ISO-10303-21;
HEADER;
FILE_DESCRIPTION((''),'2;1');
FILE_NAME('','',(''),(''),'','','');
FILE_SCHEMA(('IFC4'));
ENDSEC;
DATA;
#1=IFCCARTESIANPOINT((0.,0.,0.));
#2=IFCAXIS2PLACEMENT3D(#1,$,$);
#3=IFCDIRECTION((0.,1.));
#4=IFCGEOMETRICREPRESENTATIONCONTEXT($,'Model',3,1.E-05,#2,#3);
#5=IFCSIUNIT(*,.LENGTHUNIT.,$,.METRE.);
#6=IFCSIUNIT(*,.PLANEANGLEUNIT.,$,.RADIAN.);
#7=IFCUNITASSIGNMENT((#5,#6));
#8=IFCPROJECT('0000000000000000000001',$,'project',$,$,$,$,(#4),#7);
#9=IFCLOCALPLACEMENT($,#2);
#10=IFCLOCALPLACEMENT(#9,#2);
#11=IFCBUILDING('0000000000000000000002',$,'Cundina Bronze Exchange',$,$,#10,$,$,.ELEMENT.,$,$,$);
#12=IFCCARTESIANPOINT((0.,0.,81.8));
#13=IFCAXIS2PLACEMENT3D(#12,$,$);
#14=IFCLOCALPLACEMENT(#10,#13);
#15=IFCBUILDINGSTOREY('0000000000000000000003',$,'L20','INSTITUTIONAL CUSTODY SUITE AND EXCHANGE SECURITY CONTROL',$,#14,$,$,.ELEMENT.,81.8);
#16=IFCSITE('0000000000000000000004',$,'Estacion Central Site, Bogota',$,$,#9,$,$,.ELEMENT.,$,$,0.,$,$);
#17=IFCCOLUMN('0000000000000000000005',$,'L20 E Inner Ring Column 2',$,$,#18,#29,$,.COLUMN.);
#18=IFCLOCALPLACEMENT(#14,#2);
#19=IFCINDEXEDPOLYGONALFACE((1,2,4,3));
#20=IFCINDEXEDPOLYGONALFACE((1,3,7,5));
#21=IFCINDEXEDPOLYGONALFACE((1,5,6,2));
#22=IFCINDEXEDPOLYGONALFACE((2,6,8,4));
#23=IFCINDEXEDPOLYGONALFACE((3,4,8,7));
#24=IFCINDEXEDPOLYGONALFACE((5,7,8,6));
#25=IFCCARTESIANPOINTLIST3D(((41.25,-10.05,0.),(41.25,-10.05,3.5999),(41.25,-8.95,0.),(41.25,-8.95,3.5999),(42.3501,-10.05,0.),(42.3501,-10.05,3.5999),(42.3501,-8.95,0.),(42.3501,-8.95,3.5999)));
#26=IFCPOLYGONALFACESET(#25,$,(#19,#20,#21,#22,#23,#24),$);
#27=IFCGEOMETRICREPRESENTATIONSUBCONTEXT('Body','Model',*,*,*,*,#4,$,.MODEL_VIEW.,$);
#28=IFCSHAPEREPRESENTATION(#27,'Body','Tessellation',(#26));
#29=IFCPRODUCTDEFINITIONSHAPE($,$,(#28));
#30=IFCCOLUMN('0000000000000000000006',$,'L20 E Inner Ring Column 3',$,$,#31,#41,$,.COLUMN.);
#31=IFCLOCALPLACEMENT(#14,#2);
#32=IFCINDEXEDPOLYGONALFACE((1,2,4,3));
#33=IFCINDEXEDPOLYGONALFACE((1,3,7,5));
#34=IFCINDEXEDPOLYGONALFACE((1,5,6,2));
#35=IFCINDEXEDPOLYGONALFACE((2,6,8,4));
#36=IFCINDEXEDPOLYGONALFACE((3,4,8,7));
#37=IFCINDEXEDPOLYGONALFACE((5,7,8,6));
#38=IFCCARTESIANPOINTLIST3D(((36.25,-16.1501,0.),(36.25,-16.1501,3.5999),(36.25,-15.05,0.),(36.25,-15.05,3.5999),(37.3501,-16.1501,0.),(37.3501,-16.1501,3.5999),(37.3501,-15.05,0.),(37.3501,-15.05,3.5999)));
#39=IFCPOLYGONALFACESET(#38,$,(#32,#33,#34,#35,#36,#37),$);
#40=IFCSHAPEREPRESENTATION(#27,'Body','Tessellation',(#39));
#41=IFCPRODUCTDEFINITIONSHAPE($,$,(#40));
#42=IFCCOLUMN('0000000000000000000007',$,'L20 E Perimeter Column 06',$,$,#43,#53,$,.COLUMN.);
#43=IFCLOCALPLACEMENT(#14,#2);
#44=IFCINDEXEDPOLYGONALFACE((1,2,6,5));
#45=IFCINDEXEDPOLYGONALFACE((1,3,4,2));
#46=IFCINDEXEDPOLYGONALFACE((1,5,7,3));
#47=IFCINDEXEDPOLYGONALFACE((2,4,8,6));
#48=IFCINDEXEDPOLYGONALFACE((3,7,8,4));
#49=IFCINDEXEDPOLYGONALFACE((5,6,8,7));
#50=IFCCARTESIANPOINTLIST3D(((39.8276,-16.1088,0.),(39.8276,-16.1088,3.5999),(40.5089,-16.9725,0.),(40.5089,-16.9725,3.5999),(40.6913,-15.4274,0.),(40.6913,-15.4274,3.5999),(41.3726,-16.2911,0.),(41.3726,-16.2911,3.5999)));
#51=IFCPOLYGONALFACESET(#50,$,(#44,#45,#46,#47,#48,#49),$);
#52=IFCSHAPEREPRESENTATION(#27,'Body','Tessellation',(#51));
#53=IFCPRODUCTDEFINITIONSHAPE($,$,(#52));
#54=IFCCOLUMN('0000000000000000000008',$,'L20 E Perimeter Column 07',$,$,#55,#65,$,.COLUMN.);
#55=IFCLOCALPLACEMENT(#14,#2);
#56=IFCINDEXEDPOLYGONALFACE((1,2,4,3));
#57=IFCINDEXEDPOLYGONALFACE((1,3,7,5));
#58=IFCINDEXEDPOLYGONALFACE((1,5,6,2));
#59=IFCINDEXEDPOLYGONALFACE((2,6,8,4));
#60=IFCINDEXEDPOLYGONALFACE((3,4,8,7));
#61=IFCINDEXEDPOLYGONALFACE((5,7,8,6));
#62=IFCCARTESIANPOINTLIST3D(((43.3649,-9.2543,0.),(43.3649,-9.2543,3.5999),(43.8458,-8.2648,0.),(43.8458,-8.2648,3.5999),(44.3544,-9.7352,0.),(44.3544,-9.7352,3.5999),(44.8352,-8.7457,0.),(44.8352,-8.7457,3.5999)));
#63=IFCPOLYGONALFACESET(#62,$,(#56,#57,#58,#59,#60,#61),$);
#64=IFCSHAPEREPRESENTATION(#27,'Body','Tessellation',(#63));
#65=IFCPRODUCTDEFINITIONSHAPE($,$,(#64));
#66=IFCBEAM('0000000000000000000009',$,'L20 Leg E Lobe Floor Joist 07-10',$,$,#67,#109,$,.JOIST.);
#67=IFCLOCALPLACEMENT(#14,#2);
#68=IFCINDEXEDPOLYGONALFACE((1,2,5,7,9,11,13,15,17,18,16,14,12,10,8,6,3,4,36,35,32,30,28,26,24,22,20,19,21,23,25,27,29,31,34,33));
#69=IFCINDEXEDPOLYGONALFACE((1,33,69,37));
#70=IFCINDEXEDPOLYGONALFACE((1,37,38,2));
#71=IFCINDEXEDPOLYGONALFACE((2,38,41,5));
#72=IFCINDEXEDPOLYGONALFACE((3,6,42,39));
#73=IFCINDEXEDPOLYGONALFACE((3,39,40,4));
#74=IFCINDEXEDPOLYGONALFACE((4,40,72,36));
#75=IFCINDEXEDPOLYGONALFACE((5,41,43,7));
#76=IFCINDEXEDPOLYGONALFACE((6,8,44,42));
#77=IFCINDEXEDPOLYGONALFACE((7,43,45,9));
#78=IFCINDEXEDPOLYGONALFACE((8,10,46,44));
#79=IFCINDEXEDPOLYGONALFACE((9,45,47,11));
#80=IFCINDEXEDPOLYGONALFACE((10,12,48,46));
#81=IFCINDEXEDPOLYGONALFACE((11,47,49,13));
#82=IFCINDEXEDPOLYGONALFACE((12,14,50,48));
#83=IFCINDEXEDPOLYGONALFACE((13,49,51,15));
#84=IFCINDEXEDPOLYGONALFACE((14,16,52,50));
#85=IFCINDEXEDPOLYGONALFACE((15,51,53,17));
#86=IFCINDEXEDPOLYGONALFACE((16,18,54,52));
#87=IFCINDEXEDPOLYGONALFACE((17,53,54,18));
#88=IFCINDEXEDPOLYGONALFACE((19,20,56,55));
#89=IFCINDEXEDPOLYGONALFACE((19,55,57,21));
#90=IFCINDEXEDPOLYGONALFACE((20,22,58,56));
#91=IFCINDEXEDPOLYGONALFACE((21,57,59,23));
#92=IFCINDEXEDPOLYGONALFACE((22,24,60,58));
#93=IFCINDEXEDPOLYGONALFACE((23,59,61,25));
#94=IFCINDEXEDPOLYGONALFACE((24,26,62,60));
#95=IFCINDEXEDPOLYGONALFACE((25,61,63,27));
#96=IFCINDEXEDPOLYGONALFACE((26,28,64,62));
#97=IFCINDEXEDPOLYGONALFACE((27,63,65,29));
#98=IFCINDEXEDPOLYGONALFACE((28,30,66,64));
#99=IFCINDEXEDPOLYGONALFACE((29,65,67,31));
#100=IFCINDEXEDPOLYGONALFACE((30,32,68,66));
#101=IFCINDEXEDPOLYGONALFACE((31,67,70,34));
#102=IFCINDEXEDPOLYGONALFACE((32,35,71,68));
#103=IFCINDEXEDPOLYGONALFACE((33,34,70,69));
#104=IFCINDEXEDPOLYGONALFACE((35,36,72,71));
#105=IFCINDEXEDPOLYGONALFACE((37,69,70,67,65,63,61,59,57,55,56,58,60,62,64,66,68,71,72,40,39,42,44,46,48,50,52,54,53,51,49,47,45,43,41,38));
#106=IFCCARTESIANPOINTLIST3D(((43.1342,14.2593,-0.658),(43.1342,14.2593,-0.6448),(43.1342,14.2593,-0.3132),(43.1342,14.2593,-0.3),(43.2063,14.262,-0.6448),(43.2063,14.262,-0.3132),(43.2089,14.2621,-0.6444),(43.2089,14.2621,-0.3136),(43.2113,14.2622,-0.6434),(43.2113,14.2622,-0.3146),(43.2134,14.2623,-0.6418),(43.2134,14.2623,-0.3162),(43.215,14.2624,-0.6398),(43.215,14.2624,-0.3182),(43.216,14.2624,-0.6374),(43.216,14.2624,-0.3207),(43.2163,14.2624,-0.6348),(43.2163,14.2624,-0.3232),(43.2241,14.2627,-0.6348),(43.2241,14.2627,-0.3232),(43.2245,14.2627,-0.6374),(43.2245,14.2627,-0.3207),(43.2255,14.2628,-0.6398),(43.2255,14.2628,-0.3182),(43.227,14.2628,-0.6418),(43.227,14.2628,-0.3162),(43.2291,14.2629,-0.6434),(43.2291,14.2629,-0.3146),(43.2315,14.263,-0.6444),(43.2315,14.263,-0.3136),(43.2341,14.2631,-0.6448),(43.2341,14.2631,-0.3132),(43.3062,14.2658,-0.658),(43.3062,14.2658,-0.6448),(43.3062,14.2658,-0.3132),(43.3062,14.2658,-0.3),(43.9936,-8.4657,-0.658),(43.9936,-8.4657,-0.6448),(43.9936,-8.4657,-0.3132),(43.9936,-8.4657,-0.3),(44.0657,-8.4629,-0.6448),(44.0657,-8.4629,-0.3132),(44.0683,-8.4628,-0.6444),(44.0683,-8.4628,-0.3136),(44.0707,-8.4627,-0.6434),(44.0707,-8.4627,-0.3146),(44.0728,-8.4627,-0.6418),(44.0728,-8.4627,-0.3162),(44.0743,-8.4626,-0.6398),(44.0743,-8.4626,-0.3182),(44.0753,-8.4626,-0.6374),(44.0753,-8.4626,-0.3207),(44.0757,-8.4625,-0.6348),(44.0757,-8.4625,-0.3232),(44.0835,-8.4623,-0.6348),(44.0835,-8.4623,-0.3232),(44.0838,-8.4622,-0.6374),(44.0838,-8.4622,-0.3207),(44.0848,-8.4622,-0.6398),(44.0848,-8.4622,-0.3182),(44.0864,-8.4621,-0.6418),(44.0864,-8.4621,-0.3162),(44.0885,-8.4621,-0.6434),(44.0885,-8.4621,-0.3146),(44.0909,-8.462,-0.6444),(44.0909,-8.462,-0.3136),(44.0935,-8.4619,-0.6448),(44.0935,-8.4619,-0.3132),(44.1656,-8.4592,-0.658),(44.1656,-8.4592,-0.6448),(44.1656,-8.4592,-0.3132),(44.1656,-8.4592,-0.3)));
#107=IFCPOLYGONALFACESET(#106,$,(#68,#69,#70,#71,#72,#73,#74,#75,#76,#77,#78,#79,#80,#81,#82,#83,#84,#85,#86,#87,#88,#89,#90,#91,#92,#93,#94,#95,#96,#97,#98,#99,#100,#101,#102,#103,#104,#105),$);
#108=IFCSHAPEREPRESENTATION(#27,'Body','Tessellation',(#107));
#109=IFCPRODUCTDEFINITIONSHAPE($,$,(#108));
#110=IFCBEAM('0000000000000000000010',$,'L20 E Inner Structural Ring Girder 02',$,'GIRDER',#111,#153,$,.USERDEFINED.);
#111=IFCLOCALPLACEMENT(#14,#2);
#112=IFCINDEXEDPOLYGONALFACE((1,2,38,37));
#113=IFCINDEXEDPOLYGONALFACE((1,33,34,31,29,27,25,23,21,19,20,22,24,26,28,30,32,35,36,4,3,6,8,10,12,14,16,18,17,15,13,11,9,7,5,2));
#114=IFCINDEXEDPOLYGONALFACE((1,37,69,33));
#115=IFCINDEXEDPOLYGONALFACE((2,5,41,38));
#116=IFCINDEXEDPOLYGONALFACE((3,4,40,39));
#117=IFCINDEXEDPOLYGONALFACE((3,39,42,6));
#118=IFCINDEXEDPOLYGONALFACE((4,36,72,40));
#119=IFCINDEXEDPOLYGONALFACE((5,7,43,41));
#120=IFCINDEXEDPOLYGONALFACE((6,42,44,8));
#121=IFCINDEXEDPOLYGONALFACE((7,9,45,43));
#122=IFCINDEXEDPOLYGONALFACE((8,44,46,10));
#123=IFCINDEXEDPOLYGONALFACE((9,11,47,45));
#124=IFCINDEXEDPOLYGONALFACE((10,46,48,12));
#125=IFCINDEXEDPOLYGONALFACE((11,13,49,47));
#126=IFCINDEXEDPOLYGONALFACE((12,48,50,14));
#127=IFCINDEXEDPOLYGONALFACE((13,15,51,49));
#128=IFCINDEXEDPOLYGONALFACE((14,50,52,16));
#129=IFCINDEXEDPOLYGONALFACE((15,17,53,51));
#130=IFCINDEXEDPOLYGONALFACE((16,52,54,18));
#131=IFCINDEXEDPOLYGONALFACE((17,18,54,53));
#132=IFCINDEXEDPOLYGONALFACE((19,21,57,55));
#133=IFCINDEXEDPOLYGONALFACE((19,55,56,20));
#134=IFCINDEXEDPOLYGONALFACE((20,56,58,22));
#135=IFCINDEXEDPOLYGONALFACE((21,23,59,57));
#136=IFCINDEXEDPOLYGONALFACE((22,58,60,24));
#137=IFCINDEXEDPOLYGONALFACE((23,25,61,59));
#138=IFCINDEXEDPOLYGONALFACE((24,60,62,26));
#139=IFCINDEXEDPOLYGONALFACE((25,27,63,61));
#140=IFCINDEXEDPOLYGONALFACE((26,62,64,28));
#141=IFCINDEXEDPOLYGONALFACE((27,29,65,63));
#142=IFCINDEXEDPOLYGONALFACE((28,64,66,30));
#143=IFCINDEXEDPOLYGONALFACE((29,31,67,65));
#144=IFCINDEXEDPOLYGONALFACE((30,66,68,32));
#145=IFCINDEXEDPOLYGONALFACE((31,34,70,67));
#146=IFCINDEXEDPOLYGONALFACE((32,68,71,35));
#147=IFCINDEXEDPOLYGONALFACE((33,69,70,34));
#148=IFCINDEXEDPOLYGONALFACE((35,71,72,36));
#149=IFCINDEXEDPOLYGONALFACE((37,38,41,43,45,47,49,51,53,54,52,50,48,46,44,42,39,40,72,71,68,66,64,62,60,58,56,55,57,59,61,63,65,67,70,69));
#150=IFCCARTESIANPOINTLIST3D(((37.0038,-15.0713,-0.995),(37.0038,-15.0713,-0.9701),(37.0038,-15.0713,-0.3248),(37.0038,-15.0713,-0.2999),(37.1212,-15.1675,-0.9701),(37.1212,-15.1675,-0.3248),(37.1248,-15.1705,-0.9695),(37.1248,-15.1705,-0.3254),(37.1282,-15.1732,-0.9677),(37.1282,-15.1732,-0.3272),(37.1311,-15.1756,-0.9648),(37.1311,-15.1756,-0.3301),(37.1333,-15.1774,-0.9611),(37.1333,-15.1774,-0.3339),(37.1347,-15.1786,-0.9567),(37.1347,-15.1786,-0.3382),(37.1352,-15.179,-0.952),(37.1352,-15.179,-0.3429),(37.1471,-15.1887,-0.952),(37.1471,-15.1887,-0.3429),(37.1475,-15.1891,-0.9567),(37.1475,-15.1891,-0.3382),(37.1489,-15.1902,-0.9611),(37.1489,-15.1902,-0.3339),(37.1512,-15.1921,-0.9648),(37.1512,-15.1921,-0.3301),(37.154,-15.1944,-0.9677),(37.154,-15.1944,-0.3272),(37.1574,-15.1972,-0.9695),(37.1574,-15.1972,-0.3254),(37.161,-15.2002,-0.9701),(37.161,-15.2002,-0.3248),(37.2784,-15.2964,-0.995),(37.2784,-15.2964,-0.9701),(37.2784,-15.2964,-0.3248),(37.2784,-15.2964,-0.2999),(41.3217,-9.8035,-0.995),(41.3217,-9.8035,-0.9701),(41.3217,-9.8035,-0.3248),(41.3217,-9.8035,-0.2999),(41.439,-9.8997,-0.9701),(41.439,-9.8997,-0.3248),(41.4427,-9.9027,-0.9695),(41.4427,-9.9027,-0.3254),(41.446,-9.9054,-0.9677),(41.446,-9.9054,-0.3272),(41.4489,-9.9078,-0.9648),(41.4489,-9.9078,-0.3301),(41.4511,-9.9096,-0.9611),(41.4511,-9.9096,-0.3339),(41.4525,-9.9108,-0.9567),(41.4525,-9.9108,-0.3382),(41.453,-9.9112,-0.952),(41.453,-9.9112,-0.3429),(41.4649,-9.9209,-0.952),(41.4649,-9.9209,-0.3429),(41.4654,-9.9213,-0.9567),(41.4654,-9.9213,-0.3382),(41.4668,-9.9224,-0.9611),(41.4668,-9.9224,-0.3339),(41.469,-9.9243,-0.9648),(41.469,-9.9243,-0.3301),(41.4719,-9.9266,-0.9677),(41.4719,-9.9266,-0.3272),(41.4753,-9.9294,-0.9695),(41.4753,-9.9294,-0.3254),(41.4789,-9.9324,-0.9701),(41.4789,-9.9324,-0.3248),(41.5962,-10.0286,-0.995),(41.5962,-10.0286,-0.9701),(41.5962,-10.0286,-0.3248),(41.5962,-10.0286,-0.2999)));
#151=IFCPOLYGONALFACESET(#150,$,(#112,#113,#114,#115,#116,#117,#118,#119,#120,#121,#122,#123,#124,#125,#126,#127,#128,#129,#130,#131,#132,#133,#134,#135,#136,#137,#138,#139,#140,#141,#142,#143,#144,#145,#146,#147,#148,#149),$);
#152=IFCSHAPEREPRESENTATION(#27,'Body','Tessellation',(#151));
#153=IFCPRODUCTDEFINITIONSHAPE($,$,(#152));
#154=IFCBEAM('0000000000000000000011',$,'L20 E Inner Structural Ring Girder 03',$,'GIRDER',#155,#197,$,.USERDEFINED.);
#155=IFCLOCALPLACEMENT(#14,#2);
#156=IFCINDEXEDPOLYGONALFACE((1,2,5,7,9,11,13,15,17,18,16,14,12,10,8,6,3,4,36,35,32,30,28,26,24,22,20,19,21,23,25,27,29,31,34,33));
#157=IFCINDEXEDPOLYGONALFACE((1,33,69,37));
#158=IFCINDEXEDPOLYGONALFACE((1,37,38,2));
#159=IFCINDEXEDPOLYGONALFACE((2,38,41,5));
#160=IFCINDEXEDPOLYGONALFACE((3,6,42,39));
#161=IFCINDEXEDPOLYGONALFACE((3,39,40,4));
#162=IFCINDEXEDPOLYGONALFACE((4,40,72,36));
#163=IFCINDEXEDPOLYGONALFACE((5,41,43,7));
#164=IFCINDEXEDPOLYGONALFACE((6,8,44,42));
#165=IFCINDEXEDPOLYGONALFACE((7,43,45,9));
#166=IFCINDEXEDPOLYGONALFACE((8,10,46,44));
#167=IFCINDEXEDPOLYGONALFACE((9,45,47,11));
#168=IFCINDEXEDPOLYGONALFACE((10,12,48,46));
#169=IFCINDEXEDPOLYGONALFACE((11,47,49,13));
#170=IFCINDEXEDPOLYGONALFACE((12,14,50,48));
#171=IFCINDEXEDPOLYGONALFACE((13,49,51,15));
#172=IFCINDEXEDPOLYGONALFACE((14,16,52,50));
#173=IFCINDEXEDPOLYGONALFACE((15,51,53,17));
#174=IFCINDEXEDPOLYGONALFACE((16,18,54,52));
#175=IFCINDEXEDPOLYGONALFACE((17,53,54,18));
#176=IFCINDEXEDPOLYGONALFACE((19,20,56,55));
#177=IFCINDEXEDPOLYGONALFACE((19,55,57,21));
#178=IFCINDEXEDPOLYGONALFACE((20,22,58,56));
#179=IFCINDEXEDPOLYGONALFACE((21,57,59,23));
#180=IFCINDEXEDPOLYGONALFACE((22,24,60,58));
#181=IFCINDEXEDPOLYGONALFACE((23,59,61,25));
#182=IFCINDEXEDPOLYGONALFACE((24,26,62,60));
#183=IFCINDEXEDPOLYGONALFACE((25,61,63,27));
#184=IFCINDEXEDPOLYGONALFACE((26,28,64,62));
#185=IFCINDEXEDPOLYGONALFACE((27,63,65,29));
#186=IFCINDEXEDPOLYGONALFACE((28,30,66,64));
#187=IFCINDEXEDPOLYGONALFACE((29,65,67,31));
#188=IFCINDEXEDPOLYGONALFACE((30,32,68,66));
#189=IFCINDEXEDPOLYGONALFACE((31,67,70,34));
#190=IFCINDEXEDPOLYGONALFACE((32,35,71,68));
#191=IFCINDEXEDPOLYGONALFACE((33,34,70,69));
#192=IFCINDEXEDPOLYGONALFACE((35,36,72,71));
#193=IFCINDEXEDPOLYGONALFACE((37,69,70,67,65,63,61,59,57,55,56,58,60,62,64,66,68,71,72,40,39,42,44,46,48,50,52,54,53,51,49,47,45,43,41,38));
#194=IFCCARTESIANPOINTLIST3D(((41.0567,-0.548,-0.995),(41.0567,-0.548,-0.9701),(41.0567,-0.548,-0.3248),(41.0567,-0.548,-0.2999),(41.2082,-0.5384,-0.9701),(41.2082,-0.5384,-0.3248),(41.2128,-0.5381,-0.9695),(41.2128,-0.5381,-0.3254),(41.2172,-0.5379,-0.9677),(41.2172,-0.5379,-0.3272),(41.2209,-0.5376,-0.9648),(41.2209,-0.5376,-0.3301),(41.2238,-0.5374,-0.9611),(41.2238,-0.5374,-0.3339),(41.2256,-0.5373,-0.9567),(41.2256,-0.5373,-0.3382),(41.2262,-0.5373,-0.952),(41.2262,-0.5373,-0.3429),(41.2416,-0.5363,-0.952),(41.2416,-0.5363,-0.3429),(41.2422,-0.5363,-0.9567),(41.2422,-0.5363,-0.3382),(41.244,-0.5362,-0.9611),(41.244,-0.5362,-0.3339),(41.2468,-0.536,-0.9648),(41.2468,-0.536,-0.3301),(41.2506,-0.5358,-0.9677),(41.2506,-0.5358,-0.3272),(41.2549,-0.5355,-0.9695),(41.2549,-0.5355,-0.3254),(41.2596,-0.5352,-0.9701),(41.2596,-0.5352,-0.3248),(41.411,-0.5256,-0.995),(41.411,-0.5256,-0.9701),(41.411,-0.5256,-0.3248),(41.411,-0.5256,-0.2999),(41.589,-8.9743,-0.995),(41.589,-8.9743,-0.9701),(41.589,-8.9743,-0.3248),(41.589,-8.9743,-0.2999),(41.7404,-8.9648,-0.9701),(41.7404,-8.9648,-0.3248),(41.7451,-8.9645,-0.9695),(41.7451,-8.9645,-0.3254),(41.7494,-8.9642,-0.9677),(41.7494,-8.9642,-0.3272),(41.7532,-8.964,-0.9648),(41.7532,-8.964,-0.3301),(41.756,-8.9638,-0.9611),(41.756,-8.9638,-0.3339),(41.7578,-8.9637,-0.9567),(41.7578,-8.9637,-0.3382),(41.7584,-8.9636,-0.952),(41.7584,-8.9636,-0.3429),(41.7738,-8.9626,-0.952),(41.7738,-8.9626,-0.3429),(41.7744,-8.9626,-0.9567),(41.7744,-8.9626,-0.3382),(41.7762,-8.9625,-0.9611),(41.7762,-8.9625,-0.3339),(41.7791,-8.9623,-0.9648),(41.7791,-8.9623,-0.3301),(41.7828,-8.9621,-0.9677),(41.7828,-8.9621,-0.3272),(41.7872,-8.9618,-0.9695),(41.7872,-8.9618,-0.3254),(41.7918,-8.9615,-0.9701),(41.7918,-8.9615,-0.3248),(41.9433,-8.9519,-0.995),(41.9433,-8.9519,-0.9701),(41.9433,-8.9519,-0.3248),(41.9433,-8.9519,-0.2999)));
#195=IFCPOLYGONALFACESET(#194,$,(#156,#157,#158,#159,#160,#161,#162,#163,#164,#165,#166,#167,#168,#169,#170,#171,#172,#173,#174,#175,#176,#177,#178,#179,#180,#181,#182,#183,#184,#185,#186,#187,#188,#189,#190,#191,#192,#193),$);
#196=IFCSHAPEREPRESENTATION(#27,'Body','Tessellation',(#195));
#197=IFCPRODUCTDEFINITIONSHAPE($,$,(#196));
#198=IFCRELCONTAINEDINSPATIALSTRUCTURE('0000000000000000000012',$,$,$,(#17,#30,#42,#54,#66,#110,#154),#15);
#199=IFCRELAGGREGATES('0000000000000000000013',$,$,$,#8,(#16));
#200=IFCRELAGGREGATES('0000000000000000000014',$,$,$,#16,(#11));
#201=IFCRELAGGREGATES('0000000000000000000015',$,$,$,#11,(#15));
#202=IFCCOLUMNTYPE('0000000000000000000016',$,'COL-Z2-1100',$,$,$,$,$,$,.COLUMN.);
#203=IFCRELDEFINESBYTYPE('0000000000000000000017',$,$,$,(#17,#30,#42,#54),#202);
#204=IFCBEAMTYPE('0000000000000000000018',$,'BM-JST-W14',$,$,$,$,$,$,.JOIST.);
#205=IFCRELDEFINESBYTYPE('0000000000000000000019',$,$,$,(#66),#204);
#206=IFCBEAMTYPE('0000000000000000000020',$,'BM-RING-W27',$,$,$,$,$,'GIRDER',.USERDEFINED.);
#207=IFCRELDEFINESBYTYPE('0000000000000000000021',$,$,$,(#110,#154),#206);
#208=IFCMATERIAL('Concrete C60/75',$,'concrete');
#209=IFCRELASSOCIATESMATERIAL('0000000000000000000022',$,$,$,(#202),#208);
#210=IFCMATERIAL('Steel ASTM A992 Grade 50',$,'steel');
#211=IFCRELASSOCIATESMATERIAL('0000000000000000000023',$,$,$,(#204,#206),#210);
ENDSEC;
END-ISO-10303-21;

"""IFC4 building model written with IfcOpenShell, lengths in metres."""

from ifc_helpers import new_model, si_unit, direction, frame, origin, origin_2d, place, context, subcontext, project, spatial, rectangle, i_section, extrude, material, material_profile, profile_set, type_object, element, save


model = new_model("IFC4")

# Units and contexts
model_context = context("Model", 3, precision=1e-05, world=origin(), true_north=direction((0.0, 1.0)))
body_context = subcontext(model_context, "Body", "Model", "MODEL_VIEW")
ifc_project = project(units=[si_unit("LENGTHUNIT", "METRE"), si_unit("PLANEANGLEUNIT", "RADIAN")], contexts=[model_context])

# Site, building, storey
site_placement = place(None, origin())
site = spatial("IfcSite", under=ifc_project, at=site_placement, Name="Estacion Central Site, Bogota", CompositionType="ELEMENT", RefElevation=0.0)
building_placement = place(site_placement, origin())
building = spatial("IfcBuilding", under=site, at=building_placement, Name="Cundina Bronze Exchange", CompositionType="ELEMENT")
storey_placement = place(building_placement, frame((0.0, 0.0, 81.8)))
storey = spatial("IfcBuildingStorey", under=building, at=storey_placement, Name="L20", Description="INSTITUTIONAL CUSTODY SUITE AND EXCHANGE SECURITY CONTROL", CompositionType="ELEMENT", Elevation=81.8)

# Columns
ifc_material_1 = material(Name="Concrete C60/75", Category="concrete")
ifc_material_profile_1 = material_profile(ifc_material_1, rectangle(XDim=1.1001, YDim=1.1001, at=origin_2d()), Name="RC1100X1100", Category="concrete")
ifc_profile_set_1 = profile_set([ifc_material_profile_1], Name="Concrete C60/75")
column_type = type_object("IfcColumnType", Name="COL-Z2-1100", PredefinedType="COLUMN", material=ifc_profile_set_1)
for number, where, z_axis, x_axis, name in (
    (1, (41.8, -9.5, 0.0), (0.0, 0.0, 1.0), (1.0, 0.0, 0.0), "L20 E Inner Ring Column 2"),
    (2, (36.8, -15.6001, 0.0), (0.0, 0.0, 1.0), (1.0, 0.0, 0.0), "L20 E Inner Ring Column 3"),
    (3, (40.6001, -16.2, 0.0), (0.0, 0.0, 1.0), (0.785101, 0.619368, 0.0), "L20 E Perimeter Column 06"),
    (4, (44.1001, -9.0, 0.0), (0.0, 0.0, 1.0), (0.437116, 0.899405, 0.0), "L20 E Perimeter Column 07"),
):
    element("IfcColumn", number, at=place(storey_placement, frame(where, z_axis=z_axis, x_axis=x_axis)), inside=storey, type_object=column_type, Name=name, PredefinedType="COLUMN", context=body_context, shape_type="SweptSolid", body=[
        extrude(rectangle(XDim=1.1001, YDim=1.1001, at=origin_2d()), origin(), (0.0, 0.0, 1.0), 3.5999),
    ])

# Beams
ifc_material_2 = material(Name="Steel ASTM A992 Grade 50", Category="steel")
ifc_material_profile_2 = material_profile(ifc_material_2, i_section(OverallWidth=0.1721, OverallDepth=0.3579, WebThickness=0.0078, FlangeThickness=0.0132, FilletRadius=0.01, at=origin_2d()), Name="W14X38", Category="steel")
ifc_profile_set_2 = profile_set([ifc_material_profile_2], Name="Steel ASTM A992 Grade 50")
beam_type_1 = type_object("IfcBeamType", Name="BM-JST-W14", PredefinedType="JOIST", material=ifc_profile_set_2)
beam_1_placement = place(storey_placement, frame((44.0796, -8.4624, -0.479), z_axis=(-0.03779, 0.999286, 0.0), x_axis=(-0.999286, -0.03779, 0.0)))
element("IfcBeam", 5, at=beam_1_placement, inside=storey, type_object=beam_type_1, Name="L20 Leg E Lobe Floor Joist 07-10", PredefinedType="JOIST", context=body_context, shape_type="SweptSolid", body=[
    extrude(i_section(OverallWidth=0.1721, OverallDepth=0.3579, WebThickness=0.0078, FlangeThickness=0.0132, FilletRadius=0.01, at=origin_2d()), origin(), (0.0, 0.0, 1.0), 22.7412),
])
ifc_material_profile_3 = material_profile(ifc_material_2, i_section(OverallWidth=0.355, OverallDepth=0.6951, WebThickness=0.0154, FlangeThickness=0.0249, FilletRadius=0.0181, at=origin_2d()), Name="W27X146", Category="steel")
ifc_profile_set_3 = profile_set([ifc_material_profile_3], Name="Steel ASTM A992 Grade 50")
beam_type_2 = type_object("IfcBeamType", Name="BM-RING-W27", ElementType="GIRDER", PredefinedType="USERDEFINED", material=ifc_profile_set_3)
beam_2_placement = place(storey_placement, frame((37.1411, -15.1838, -0.6475), z_axis=(0.633927, 0.773393, 0.0), x_axis=(-0.773393, 0.633927, 0.0)))
element("IfcBeam", 6, at=beam_2_placement, inside=storey, type_object=beam_type_2, Name="L20 E Inner Structural Ring Girder 02", ObjectType="GIRDER", PredefinedType="USERDEFINED", context=body_context, shape_type="SweptSolid", body=[
    extrude(i_section(OverallWidth=0.355, OverallDepth=0.6951, WebThickness=0.0154, FlangeThickness=0.0249, FilletRadius=0.0181, at=origin_2d()), origin(), (0.0, 0.0, 1.0), 6.8113),
])
beam_3_placement = place(storey_placement, frame((41.7661, -8.9631, -0.6475), z_axis=(-0.063037, 0.998011, 0.0), x_axis=(-0.998011, -0.063037, 0.0)))
element("IfcBeam", 7, at=beam_3_placement, inside=storey, type_object=beam_type_2, Name="L20 E Inner Structural Ring Girder 03", ObjectType="GIRDER", PredefinedType="USERDEFINED", context=body_context, shape_type="SweptSolid", body=[
    extrude(i_section(OverallWidth=0.355, OverallDepth=0.6951, WebThickness=0.0154, FlangeThickness=0.0249, FilletRadius=0.0181, at=origin_2d()), origin(), (0.0, 0.0, 1.0), 8.4431),
])

save(model, "model.ifc")
